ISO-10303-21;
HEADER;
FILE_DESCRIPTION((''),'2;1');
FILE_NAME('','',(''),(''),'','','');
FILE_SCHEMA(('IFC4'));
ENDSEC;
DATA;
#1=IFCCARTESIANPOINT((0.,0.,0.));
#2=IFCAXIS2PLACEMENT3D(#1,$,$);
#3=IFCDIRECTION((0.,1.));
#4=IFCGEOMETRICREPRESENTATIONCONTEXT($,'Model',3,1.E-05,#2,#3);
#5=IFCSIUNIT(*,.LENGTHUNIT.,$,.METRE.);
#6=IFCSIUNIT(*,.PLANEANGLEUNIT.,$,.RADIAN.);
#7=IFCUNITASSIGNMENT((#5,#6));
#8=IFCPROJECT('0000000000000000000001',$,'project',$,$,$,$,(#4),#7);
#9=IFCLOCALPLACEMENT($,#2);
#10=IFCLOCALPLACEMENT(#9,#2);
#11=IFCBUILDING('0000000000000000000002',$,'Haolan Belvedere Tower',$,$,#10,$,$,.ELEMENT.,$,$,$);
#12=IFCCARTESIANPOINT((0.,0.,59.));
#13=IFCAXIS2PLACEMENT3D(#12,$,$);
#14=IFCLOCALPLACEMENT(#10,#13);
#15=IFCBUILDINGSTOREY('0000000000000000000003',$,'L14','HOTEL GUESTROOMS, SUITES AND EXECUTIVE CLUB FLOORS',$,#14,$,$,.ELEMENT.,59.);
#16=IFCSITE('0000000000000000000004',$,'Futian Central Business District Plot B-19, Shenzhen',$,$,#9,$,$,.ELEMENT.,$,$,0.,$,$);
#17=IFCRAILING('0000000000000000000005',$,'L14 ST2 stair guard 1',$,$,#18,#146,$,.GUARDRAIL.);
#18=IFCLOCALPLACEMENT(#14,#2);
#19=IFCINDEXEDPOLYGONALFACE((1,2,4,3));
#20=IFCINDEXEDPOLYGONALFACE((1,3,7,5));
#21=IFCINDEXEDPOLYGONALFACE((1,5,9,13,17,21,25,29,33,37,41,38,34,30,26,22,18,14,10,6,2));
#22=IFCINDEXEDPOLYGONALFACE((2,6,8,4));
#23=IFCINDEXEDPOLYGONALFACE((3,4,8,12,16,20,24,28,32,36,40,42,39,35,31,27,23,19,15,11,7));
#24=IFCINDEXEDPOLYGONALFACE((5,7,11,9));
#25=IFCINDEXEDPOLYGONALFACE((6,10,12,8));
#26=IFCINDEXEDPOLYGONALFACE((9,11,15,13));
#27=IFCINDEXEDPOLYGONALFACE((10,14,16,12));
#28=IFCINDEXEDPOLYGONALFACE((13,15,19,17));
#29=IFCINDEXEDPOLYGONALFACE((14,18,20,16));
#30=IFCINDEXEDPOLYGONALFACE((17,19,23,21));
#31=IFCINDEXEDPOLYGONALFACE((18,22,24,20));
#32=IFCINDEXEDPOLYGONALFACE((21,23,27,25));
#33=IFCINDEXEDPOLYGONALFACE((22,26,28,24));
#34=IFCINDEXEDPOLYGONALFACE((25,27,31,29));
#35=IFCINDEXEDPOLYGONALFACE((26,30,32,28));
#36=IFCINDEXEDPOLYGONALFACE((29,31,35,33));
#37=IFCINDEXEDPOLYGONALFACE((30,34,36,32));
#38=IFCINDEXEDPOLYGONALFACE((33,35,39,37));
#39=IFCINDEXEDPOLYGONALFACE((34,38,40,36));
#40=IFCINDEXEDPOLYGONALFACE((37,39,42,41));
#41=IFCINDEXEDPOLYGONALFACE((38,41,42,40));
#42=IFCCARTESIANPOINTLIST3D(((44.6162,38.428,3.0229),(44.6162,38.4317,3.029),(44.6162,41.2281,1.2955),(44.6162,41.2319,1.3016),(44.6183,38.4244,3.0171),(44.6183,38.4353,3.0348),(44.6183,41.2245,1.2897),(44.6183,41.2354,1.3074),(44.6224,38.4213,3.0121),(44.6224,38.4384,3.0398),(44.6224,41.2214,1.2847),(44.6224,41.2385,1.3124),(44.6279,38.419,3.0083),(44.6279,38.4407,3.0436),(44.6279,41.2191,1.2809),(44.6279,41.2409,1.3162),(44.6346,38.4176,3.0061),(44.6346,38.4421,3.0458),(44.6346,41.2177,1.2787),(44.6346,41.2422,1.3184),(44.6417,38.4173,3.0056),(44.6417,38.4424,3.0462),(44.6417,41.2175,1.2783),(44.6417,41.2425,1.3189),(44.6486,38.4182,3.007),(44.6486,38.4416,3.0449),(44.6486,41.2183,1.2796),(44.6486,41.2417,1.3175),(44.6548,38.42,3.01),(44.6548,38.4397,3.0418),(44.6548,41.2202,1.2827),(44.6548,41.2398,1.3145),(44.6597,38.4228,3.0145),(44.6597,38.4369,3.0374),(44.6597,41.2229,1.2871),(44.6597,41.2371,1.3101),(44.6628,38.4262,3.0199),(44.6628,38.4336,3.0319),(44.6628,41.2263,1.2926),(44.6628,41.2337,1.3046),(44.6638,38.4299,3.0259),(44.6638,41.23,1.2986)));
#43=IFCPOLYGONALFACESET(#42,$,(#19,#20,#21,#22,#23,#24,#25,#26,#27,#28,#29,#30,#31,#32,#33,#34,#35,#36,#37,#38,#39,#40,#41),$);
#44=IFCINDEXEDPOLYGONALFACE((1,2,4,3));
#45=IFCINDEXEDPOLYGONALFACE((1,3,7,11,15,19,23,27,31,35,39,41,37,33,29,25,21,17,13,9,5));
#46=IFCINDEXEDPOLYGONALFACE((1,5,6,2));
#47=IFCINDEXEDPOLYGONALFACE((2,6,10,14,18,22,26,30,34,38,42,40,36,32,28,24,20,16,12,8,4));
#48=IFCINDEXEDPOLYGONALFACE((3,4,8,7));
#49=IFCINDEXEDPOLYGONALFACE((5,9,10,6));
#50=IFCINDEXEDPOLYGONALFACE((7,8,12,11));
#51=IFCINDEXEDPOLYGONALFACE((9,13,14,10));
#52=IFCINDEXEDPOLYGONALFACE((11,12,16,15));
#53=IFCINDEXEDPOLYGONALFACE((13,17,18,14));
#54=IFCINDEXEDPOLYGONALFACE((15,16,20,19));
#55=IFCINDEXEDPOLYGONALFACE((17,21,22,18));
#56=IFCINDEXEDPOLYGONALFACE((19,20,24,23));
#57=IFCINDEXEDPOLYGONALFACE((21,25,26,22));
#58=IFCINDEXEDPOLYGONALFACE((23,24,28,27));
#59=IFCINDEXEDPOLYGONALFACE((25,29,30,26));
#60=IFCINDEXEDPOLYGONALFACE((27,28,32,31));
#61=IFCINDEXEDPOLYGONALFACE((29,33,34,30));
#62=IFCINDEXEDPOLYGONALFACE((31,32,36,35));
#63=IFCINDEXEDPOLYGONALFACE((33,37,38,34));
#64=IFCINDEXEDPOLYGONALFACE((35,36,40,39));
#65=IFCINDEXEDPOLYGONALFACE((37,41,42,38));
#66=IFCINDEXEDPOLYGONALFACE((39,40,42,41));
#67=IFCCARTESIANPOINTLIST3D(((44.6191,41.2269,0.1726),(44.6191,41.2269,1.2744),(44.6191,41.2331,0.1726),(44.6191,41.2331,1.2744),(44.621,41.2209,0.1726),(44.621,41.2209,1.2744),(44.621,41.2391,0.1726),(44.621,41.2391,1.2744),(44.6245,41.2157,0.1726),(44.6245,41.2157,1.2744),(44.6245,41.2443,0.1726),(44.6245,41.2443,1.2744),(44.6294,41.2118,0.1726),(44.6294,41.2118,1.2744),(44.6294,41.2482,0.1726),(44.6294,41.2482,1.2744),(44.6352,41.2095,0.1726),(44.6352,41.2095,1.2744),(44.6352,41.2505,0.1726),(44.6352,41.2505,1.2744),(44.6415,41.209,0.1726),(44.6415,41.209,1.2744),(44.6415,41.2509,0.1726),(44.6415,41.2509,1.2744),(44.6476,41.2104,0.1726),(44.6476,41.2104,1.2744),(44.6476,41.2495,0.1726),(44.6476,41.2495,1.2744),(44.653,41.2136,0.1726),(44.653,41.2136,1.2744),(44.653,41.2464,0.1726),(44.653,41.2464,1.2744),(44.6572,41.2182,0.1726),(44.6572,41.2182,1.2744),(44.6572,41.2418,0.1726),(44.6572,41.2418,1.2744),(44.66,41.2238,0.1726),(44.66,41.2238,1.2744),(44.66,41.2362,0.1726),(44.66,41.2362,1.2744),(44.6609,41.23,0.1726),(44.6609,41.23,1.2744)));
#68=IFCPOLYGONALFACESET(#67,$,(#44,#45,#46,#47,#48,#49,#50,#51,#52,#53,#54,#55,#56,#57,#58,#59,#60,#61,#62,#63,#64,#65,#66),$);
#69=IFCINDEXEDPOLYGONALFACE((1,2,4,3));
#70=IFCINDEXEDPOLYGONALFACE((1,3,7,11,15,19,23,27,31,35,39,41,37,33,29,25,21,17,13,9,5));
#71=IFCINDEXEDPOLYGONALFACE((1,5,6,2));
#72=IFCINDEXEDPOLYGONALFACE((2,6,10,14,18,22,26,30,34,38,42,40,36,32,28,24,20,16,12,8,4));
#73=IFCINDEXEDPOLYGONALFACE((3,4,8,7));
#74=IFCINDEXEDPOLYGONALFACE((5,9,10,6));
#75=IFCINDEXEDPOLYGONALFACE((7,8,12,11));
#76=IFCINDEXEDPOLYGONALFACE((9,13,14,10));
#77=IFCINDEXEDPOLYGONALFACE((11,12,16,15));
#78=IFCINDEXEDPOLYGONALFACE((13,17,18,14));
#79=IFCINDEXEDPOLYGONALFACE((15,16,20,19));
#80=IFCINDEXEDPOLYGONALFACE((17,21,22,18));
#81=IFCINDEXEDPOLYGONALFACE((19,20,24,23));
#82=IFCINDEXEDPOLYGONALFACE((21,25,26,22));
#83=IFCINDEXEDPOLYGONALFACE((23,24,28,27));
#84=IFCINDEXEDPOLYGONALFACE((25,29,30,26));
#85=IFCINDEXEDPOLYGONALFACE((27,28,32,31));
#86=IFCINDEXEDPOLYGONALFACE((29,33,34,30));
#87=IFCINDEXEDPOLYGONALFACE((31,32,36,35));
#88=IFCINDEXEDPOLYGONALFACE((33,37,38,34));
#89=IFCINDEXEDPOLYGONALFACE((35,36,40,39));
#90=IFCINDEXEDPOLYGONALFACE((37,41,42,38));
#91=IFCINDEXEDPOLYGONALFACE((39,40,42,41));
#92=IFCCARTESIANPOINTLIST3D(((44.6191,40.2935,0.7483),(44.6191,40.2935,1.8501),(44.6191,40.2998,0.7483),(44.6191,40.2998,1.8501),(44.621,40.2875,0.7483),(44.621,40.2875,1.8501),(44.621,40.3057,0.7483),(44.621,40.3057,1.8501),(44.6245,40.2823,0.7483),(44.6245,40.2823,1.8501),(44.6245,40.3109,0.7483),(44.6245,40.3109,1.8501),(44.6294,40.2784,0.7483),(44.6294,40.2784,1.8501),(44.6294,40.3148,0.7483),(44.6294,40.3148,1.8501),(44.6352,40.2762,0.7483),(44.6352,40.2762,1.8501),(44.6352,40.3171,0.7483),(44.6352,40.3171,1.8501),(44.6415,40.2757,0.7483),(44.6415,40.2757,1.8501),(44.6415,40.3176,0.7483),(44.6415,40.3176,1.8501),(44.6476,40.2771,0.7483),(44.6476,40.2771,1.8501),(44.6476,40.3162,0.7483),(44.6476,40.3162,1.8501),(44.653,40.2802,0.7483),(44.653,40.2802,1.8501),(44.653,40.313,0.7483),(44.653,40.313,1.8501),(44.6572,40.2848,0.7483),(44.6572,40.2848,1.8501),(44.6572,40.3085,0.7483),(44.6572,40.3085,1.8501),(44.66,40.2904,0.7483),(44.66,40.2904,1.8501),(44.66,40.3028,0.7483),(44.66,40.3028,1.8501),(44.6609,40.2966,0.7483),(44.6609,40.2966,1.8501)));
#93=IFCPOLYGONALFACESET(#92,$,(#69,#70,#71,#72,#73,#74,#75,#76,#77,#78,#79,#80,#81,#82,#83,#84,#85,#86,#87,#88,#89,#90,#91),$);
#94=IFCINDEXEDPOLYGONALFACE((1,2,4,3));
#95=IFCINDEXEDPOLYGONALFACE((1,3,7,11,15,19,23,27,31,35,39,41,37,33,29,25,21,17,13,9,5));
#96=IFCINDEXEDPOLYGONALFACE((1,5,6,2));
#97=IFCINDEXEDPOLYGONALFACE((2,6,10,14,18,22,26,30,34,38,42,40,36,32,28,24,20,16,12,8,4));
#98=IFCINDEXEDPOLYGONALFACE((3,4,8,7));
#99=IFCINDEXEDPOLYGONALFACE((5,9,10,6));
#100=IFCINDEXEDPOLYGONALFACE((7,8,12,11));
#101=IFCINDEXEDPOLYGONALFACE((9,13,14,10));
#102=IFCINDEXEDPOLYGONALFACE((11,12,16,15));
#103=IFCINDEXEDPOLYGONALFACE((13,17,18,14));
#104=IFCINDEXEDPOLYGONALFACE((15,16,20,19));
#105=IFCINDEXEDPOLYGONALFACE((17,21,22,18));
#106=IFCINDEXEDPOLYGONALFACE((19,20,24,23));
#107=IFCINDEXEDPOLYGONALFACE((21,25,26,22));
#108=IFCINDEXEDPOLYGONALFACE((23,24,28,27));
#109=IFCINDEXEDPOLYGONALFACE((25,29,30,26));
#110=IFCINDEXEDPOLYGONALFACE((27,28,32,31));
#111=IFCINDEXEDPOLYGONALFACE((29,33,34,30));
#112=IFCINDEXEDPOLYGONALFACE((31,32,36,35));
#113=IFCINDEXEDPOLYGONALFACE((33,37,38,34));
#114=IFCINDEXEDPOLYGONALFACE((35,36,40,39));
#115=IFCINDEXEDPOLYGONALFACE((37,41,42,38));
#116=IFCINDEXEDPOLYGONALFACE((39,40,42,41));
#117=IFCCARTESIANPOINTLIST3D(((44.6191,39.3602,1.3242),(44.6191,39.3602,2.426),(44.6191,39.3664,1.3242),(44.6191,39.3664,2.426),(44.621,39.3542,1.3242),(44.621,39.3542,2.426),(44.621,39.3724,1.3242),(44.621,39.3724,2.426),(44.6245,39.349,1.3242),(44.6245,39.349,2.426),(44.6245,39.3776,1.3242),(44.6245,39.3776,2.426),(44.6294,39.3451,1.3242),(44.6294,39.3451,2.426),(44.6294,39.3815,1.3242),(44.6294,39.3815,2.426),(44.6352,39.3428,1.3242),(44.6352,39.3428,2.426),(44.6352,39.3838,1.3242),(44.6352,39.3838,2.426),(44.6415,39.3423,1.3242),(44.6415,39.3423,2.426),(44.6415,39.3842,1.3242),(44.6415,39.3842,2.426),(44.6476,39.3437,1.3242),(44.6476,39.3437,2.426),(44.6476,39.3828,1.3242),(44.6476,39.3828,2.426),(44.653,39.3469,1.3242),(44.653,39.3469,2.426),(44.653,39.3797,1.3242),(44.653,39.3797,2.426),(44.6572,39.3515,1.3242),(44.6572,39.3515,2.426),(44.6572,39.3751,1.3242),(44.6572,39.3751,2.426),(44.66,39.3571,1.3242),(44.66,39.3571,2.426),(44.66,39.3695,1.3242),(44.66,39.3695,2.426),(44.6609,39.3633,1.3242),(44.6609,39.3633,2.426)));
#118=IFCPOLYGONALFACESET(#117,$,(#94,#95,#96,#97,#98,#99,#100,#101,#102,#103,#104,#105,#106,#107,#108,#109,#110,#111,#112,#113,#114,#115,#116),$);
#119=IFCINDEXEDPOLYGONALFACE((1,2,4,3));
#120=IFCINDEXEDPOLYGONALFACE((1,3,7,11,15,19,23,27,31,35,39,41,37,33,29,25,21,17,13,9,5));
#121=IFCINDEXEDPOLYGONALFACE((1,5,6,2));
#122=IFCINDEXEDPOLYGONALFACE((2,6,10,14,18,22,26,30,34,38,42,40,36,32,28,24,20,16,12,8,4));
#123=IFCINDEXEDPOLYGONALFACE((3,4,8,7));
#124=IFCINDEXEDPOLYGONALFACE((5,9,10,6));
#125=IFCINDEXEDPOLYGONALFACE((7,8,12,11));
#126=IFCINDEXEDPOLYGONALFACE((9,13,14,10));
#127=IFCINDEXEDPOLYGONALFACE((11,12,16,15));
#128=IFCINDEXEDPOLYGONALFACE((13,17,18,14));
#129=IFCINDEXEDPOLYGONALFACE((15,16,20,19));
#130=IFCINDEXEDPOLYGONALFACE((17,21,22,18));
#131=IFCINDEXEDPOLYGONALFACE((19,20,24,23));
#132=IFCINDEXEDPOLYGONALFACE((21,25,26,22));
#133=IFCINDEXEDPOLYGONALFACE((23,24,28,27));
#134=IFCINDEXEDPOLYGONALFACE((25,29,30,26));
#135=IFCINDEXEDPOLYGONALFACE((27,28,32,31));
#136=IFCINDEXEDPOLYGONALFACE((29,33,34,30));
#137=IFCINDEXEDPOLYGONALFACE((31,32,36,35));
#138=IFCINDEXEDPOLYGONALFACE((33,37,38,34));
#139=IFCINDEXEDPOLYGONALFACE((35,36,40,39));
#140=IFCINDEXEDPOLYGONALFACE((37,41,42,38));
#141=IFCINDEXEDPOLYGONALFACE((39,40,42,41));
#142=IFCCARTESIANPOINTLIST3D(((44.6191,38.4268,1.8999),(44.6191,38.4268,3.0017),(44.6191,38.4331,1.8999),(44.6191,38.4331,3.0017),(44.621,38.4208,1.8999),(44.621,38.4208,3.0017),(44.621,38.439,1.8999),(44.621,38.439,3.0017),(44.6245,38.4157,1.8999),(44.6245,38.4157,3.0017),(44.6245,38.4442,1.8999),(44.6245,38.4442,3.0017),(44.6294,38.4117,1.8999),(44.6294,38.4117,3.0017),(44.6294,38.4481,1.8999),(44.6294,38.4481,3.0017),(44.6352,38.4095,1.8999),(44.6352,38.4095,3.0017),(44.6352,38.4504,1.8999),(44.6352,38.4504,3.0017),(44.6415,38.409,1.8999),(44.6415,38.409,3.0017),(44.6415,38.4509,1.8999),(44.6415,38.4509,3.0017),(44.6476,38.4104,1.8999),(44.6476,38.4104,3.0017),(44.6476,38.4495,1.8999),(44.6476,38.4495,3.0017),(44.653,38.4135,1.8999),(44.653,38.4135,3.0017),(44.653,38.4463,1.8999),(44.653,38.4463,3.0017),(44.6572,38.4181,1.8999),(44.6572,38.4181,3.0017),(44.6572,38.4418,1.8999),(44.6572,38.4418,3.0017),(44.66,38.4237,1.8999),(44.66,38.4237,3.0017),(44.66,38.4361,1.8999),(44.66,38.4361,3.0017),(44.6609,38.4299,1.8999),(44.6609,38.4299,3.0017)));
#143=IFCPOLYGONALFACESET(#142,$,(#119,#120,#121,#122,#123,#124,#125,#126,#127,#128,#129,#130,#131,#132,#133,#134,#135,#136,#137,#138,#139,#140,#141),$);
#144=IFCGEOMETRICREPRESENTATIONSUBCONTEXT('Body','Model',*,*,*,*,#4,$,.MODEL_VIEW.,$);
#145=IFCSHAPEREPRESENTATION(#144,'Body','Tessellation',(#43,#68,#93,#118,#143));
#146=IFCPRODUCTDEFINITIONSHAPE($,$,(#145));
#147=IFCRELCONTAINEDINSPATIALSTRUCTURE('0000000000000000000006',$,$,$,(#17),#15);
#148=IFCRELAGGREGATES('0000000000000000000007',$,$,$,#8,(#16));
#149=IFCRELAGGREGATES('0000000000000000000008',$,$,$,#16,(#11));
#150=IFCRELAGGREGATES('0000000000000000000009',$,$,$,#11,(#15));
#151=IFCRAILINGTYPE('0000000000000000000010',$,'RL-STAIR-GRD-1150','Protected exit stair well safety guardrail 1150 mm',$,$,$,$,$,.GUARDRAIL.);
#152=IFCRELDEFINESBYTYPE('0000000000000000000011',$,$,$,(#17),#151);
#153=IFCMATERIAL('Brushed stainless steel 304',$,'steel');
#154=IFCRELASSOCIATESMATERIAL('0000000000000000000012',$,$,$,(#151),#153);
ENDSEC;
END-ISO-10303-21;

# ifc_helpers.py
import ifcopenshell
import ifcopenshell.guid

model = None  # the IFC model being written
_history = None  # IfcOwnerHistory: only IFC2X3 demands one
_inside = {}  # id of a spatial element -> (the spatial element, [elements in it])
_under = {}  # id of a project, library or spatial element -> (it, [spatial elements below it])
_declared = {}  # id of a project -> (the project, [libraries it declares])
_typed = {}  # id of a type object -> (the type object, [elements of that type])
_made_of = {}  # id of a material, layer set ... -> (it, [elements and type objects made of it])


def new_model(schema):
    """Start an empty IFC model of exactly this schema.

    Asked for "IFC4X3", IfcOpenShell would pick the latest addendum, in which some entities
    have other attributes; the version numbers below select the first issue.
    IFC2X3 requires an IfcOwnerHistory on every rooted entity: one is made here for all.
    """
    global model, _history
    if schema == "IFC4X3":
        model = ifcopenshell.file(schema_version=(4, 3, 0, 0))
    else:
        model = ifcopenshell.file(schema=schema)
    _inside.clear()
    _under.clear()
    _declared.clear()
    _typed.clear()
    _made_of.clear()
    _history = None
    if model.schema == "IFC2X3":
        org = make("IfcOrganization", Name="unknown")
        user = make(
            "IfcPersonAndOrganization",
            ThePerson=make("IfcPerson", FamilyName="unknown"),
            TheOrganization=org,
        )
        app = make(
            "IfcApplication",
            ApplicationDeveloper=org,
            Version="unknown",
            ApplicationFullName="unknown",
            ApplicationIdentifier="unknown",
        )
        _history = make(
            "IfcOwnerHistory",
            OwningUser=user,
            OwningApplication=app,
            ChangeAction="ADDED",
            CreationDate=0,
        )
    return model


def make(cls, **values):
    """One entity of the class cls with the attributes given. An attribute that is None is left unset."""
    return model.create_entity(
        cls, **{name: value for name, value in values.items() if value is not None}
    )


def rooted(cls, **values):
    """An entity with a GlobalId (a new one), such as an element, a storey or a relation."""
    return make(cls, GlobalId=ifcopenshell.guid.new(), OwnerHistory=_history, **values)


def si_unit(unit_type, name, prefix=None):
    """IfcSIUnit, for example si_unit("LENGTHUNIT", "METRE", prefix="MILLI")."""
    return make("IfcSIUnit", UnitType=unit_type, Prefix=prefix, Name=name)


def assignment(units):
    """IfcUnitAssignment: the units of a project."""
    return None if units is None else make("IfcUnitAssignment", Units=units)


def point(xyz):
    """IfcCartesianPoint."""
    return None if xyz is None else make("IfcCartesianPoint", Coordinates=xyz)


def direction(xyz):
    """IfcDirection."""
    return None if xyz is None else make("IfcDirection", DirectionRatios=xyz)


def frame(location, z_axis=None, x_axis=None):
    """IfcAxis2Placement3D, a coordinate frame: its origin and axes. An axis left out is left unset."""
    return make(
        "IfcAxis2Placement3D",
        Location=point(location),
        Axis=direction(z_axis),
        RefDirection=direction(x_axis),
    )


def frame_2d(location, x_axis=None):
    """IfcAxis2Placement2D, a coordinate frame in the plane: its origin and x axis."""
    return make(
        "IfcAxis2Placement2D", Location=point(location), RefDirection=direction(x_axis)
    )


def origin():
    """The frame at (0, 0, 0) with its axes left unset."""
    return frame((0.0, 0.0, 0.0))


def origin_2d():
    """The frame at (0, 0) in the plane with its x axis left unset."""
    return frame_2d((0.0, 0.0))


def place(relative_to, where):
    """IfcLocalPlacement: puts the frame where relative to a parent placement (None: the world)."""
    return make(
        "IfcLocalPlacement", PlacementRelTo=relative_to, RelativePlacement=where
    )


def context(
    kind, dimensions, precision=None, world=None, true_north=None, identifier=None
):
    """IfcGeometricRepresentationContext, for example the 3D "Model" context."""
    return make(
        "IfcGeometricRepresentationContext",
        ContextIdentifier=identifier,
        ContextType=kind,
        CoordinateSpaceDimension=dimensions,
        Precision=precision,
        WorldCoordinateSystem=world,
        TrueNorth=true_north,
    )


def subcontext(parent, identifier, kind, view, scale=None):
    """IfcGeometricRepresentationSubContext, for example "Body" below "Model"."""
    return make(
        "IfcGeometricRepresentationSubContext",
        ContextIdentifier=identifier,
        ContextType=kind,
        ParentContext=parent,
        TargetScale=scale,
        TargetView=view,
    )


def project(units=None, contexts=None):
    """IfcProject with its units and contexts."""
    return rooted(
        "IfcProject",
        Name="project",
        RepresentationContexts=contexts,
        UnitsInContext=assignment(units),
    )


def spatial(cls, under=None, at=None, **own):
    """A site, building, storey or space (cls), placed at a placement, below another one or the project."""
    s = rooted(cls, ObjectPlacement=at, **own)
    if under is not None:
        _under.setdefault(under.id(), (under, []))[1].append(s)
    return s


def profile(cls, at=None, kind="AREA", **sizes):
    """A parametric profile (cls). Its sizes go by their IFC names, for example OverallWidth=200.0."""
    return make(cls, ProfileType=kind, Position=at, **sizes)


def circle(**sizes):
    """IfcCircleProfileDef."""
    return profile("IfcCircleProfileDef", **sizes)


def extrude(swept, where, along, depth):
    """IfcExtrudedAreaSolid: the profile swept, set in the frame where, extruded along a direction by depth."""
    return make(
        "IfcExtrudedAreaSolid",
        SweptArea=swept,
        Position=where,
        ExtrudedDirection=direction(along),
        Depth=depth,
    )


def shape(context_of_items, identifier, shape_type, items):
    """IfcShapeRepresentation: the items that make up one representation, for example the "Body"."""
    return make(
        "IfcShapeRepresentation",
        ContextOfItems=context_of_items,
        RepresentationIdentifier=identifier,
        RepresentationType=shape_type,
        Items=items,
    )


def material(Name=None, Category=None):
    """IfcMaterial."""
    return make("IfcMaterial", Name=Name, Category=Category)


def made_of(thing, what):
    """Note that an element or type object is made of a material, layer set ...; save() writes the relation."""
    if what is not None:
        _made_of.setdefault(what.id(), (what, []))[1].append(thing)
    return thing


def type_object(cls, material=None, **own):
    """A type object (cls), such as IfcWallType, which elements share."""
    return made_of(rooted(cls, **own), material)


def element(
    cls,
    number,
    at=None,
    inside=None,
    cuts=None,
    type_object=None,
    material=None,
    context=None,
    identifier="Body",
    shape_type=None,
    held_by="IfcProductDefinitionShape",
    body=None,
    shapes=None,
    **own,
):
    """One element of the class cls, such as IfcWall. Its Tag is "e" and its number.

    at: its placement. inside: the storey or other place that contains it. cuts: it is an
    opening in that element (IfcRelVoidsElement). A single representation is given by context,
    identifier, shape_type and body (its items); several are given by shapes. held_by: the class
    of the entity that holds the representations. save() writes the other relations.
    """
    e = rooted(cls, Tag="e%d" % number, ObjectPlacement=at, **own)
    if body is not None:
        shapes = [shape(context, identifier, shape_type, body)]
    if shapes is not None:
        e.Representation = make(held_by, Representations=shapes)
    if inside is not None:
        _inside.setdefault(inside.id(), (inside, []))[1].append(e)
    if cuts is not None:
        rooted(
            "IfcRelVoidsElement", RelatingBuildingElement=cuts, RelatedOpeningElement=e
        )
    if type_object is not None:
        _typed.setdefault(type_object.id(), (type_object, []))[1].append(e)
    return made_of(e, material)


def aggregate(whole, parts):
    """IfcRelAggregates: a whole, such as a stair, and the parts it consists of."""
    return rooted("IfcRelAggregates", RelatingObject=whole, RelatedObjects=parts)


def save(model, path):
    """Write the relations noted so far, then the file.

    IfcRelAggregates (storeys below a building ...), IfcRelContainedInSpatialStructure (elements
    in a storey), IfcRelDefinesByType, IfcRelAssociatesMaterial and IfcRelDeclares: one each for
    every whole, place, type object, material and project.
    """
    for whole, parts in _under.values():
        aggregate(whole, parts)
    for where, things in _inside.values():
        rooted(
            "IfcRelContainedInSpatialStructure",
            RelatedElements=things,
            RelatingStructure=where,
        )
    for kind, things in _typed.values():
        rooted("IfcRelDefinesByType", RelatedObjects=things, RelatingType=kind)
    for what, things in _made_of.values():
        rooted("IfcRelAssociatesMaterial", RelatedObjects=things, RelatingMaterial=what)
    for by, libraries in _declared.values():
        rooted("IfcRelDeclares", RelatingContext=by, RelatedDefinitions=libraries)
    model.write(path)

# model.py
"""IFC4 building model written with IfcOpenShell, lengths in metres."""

from ifc_helpers import new_model, si_unit, direction, frame, origin, origin_2d, place, context, subcontext, project, spatial, circle, extrude, material, type_object, element, save


model = new_model("IFC4")

# Units and contexts
model_context = context("Model", 3, precision=1e-05, world=origin(), true_north=direction((0.0, 1.0)))
body_context = subcontext(model_context, "Body", "Model", "MODEL_VIEW")
ifc_project = project(units=[si_unit("LENGTHUNIT", "METRE"), si_unit("PLANEANGLEUNIT", "RADIAN")], contexts=[model_context])

# Site, building, storey
site_placement = place(None, origin())
site = spatial("IfcSite", under=ifc_project, at=site_placement, Name="Futian Central Business District Plot B-19, Shenzhen", CompositionType="ELEMENT", RefElevation=0.0)
building_placement = place(site_placement, origin())
building = spatial("IfcBuilding", under=site, at=building_placement, Name="Haolan Belvedere Tower", CompositionType="ELEMENT")
storey_placement = place(building_placement, frame((0.0, 0.0, 59.0)))
storey = spatial("IfcBuildingStorey", under=building, at=storey_placement, Name="L14", Description="HOTEL GUESTROOMS, SUITES AND EXECUTIVE CLUB FLOORS", CompositionType="ELEMENT", Elevation=59.0)

# Railing
ifc_material_1 = material(Name="Brushed stainless steel 304", Category="steel")
railing_type_1 = type_object("IfcRailingType", Name="RL-STAIR-GRD-1150", Description="Protected exit stair well safety guardrail 1150 mm", PredefinedType="GUARDRAIL", material=ifc_material_1)
railing_1_placement = place(storey_placement, frame((44.6399, 41.23, 0.1726)))
element("IfcRailing", 1, at=railing_1_placement, inside=storey, type_object=railing_type_1, Name="L14 ST2 stair guard 1", PredefinedType="GUARDRAIL", context=body_context, shape_type="SweptSolid", body=[
    extrude(circle(Radius=0.0239, at=origin_2d()), frame((0.0, 0.0, 1.126), z_axis=(0.0, -0.85109, 0.52502), x_axis=(1.0, 0.0, 0.0)), (0.0, 0.0, 1.0), 3.29),
    extrude(circle(Radius=0.021, at=origin_2d()), origin(), (0.0, 0.0, 1.0), 1.1018),
    extrude(circle(Radius=0.021, at=origin_2d()), frame((0.0, -0.9333, 0.5757)), (0.0, 0.0, 1.0), 1.1018),
    extrude(circle(Radius=0.021, at=origin_2d()), frame((0.0, -1.8667, 1.1516)), (0.0, 0.0, 1.0), 1.1018),
    extrude(circle(Radius=0.021, at=origin_2d()), frame((0.0, -2.8, 1.7273)), (0.0, 0.0, 1.0), 1.1018),
])

save(model, "model.ifc")
